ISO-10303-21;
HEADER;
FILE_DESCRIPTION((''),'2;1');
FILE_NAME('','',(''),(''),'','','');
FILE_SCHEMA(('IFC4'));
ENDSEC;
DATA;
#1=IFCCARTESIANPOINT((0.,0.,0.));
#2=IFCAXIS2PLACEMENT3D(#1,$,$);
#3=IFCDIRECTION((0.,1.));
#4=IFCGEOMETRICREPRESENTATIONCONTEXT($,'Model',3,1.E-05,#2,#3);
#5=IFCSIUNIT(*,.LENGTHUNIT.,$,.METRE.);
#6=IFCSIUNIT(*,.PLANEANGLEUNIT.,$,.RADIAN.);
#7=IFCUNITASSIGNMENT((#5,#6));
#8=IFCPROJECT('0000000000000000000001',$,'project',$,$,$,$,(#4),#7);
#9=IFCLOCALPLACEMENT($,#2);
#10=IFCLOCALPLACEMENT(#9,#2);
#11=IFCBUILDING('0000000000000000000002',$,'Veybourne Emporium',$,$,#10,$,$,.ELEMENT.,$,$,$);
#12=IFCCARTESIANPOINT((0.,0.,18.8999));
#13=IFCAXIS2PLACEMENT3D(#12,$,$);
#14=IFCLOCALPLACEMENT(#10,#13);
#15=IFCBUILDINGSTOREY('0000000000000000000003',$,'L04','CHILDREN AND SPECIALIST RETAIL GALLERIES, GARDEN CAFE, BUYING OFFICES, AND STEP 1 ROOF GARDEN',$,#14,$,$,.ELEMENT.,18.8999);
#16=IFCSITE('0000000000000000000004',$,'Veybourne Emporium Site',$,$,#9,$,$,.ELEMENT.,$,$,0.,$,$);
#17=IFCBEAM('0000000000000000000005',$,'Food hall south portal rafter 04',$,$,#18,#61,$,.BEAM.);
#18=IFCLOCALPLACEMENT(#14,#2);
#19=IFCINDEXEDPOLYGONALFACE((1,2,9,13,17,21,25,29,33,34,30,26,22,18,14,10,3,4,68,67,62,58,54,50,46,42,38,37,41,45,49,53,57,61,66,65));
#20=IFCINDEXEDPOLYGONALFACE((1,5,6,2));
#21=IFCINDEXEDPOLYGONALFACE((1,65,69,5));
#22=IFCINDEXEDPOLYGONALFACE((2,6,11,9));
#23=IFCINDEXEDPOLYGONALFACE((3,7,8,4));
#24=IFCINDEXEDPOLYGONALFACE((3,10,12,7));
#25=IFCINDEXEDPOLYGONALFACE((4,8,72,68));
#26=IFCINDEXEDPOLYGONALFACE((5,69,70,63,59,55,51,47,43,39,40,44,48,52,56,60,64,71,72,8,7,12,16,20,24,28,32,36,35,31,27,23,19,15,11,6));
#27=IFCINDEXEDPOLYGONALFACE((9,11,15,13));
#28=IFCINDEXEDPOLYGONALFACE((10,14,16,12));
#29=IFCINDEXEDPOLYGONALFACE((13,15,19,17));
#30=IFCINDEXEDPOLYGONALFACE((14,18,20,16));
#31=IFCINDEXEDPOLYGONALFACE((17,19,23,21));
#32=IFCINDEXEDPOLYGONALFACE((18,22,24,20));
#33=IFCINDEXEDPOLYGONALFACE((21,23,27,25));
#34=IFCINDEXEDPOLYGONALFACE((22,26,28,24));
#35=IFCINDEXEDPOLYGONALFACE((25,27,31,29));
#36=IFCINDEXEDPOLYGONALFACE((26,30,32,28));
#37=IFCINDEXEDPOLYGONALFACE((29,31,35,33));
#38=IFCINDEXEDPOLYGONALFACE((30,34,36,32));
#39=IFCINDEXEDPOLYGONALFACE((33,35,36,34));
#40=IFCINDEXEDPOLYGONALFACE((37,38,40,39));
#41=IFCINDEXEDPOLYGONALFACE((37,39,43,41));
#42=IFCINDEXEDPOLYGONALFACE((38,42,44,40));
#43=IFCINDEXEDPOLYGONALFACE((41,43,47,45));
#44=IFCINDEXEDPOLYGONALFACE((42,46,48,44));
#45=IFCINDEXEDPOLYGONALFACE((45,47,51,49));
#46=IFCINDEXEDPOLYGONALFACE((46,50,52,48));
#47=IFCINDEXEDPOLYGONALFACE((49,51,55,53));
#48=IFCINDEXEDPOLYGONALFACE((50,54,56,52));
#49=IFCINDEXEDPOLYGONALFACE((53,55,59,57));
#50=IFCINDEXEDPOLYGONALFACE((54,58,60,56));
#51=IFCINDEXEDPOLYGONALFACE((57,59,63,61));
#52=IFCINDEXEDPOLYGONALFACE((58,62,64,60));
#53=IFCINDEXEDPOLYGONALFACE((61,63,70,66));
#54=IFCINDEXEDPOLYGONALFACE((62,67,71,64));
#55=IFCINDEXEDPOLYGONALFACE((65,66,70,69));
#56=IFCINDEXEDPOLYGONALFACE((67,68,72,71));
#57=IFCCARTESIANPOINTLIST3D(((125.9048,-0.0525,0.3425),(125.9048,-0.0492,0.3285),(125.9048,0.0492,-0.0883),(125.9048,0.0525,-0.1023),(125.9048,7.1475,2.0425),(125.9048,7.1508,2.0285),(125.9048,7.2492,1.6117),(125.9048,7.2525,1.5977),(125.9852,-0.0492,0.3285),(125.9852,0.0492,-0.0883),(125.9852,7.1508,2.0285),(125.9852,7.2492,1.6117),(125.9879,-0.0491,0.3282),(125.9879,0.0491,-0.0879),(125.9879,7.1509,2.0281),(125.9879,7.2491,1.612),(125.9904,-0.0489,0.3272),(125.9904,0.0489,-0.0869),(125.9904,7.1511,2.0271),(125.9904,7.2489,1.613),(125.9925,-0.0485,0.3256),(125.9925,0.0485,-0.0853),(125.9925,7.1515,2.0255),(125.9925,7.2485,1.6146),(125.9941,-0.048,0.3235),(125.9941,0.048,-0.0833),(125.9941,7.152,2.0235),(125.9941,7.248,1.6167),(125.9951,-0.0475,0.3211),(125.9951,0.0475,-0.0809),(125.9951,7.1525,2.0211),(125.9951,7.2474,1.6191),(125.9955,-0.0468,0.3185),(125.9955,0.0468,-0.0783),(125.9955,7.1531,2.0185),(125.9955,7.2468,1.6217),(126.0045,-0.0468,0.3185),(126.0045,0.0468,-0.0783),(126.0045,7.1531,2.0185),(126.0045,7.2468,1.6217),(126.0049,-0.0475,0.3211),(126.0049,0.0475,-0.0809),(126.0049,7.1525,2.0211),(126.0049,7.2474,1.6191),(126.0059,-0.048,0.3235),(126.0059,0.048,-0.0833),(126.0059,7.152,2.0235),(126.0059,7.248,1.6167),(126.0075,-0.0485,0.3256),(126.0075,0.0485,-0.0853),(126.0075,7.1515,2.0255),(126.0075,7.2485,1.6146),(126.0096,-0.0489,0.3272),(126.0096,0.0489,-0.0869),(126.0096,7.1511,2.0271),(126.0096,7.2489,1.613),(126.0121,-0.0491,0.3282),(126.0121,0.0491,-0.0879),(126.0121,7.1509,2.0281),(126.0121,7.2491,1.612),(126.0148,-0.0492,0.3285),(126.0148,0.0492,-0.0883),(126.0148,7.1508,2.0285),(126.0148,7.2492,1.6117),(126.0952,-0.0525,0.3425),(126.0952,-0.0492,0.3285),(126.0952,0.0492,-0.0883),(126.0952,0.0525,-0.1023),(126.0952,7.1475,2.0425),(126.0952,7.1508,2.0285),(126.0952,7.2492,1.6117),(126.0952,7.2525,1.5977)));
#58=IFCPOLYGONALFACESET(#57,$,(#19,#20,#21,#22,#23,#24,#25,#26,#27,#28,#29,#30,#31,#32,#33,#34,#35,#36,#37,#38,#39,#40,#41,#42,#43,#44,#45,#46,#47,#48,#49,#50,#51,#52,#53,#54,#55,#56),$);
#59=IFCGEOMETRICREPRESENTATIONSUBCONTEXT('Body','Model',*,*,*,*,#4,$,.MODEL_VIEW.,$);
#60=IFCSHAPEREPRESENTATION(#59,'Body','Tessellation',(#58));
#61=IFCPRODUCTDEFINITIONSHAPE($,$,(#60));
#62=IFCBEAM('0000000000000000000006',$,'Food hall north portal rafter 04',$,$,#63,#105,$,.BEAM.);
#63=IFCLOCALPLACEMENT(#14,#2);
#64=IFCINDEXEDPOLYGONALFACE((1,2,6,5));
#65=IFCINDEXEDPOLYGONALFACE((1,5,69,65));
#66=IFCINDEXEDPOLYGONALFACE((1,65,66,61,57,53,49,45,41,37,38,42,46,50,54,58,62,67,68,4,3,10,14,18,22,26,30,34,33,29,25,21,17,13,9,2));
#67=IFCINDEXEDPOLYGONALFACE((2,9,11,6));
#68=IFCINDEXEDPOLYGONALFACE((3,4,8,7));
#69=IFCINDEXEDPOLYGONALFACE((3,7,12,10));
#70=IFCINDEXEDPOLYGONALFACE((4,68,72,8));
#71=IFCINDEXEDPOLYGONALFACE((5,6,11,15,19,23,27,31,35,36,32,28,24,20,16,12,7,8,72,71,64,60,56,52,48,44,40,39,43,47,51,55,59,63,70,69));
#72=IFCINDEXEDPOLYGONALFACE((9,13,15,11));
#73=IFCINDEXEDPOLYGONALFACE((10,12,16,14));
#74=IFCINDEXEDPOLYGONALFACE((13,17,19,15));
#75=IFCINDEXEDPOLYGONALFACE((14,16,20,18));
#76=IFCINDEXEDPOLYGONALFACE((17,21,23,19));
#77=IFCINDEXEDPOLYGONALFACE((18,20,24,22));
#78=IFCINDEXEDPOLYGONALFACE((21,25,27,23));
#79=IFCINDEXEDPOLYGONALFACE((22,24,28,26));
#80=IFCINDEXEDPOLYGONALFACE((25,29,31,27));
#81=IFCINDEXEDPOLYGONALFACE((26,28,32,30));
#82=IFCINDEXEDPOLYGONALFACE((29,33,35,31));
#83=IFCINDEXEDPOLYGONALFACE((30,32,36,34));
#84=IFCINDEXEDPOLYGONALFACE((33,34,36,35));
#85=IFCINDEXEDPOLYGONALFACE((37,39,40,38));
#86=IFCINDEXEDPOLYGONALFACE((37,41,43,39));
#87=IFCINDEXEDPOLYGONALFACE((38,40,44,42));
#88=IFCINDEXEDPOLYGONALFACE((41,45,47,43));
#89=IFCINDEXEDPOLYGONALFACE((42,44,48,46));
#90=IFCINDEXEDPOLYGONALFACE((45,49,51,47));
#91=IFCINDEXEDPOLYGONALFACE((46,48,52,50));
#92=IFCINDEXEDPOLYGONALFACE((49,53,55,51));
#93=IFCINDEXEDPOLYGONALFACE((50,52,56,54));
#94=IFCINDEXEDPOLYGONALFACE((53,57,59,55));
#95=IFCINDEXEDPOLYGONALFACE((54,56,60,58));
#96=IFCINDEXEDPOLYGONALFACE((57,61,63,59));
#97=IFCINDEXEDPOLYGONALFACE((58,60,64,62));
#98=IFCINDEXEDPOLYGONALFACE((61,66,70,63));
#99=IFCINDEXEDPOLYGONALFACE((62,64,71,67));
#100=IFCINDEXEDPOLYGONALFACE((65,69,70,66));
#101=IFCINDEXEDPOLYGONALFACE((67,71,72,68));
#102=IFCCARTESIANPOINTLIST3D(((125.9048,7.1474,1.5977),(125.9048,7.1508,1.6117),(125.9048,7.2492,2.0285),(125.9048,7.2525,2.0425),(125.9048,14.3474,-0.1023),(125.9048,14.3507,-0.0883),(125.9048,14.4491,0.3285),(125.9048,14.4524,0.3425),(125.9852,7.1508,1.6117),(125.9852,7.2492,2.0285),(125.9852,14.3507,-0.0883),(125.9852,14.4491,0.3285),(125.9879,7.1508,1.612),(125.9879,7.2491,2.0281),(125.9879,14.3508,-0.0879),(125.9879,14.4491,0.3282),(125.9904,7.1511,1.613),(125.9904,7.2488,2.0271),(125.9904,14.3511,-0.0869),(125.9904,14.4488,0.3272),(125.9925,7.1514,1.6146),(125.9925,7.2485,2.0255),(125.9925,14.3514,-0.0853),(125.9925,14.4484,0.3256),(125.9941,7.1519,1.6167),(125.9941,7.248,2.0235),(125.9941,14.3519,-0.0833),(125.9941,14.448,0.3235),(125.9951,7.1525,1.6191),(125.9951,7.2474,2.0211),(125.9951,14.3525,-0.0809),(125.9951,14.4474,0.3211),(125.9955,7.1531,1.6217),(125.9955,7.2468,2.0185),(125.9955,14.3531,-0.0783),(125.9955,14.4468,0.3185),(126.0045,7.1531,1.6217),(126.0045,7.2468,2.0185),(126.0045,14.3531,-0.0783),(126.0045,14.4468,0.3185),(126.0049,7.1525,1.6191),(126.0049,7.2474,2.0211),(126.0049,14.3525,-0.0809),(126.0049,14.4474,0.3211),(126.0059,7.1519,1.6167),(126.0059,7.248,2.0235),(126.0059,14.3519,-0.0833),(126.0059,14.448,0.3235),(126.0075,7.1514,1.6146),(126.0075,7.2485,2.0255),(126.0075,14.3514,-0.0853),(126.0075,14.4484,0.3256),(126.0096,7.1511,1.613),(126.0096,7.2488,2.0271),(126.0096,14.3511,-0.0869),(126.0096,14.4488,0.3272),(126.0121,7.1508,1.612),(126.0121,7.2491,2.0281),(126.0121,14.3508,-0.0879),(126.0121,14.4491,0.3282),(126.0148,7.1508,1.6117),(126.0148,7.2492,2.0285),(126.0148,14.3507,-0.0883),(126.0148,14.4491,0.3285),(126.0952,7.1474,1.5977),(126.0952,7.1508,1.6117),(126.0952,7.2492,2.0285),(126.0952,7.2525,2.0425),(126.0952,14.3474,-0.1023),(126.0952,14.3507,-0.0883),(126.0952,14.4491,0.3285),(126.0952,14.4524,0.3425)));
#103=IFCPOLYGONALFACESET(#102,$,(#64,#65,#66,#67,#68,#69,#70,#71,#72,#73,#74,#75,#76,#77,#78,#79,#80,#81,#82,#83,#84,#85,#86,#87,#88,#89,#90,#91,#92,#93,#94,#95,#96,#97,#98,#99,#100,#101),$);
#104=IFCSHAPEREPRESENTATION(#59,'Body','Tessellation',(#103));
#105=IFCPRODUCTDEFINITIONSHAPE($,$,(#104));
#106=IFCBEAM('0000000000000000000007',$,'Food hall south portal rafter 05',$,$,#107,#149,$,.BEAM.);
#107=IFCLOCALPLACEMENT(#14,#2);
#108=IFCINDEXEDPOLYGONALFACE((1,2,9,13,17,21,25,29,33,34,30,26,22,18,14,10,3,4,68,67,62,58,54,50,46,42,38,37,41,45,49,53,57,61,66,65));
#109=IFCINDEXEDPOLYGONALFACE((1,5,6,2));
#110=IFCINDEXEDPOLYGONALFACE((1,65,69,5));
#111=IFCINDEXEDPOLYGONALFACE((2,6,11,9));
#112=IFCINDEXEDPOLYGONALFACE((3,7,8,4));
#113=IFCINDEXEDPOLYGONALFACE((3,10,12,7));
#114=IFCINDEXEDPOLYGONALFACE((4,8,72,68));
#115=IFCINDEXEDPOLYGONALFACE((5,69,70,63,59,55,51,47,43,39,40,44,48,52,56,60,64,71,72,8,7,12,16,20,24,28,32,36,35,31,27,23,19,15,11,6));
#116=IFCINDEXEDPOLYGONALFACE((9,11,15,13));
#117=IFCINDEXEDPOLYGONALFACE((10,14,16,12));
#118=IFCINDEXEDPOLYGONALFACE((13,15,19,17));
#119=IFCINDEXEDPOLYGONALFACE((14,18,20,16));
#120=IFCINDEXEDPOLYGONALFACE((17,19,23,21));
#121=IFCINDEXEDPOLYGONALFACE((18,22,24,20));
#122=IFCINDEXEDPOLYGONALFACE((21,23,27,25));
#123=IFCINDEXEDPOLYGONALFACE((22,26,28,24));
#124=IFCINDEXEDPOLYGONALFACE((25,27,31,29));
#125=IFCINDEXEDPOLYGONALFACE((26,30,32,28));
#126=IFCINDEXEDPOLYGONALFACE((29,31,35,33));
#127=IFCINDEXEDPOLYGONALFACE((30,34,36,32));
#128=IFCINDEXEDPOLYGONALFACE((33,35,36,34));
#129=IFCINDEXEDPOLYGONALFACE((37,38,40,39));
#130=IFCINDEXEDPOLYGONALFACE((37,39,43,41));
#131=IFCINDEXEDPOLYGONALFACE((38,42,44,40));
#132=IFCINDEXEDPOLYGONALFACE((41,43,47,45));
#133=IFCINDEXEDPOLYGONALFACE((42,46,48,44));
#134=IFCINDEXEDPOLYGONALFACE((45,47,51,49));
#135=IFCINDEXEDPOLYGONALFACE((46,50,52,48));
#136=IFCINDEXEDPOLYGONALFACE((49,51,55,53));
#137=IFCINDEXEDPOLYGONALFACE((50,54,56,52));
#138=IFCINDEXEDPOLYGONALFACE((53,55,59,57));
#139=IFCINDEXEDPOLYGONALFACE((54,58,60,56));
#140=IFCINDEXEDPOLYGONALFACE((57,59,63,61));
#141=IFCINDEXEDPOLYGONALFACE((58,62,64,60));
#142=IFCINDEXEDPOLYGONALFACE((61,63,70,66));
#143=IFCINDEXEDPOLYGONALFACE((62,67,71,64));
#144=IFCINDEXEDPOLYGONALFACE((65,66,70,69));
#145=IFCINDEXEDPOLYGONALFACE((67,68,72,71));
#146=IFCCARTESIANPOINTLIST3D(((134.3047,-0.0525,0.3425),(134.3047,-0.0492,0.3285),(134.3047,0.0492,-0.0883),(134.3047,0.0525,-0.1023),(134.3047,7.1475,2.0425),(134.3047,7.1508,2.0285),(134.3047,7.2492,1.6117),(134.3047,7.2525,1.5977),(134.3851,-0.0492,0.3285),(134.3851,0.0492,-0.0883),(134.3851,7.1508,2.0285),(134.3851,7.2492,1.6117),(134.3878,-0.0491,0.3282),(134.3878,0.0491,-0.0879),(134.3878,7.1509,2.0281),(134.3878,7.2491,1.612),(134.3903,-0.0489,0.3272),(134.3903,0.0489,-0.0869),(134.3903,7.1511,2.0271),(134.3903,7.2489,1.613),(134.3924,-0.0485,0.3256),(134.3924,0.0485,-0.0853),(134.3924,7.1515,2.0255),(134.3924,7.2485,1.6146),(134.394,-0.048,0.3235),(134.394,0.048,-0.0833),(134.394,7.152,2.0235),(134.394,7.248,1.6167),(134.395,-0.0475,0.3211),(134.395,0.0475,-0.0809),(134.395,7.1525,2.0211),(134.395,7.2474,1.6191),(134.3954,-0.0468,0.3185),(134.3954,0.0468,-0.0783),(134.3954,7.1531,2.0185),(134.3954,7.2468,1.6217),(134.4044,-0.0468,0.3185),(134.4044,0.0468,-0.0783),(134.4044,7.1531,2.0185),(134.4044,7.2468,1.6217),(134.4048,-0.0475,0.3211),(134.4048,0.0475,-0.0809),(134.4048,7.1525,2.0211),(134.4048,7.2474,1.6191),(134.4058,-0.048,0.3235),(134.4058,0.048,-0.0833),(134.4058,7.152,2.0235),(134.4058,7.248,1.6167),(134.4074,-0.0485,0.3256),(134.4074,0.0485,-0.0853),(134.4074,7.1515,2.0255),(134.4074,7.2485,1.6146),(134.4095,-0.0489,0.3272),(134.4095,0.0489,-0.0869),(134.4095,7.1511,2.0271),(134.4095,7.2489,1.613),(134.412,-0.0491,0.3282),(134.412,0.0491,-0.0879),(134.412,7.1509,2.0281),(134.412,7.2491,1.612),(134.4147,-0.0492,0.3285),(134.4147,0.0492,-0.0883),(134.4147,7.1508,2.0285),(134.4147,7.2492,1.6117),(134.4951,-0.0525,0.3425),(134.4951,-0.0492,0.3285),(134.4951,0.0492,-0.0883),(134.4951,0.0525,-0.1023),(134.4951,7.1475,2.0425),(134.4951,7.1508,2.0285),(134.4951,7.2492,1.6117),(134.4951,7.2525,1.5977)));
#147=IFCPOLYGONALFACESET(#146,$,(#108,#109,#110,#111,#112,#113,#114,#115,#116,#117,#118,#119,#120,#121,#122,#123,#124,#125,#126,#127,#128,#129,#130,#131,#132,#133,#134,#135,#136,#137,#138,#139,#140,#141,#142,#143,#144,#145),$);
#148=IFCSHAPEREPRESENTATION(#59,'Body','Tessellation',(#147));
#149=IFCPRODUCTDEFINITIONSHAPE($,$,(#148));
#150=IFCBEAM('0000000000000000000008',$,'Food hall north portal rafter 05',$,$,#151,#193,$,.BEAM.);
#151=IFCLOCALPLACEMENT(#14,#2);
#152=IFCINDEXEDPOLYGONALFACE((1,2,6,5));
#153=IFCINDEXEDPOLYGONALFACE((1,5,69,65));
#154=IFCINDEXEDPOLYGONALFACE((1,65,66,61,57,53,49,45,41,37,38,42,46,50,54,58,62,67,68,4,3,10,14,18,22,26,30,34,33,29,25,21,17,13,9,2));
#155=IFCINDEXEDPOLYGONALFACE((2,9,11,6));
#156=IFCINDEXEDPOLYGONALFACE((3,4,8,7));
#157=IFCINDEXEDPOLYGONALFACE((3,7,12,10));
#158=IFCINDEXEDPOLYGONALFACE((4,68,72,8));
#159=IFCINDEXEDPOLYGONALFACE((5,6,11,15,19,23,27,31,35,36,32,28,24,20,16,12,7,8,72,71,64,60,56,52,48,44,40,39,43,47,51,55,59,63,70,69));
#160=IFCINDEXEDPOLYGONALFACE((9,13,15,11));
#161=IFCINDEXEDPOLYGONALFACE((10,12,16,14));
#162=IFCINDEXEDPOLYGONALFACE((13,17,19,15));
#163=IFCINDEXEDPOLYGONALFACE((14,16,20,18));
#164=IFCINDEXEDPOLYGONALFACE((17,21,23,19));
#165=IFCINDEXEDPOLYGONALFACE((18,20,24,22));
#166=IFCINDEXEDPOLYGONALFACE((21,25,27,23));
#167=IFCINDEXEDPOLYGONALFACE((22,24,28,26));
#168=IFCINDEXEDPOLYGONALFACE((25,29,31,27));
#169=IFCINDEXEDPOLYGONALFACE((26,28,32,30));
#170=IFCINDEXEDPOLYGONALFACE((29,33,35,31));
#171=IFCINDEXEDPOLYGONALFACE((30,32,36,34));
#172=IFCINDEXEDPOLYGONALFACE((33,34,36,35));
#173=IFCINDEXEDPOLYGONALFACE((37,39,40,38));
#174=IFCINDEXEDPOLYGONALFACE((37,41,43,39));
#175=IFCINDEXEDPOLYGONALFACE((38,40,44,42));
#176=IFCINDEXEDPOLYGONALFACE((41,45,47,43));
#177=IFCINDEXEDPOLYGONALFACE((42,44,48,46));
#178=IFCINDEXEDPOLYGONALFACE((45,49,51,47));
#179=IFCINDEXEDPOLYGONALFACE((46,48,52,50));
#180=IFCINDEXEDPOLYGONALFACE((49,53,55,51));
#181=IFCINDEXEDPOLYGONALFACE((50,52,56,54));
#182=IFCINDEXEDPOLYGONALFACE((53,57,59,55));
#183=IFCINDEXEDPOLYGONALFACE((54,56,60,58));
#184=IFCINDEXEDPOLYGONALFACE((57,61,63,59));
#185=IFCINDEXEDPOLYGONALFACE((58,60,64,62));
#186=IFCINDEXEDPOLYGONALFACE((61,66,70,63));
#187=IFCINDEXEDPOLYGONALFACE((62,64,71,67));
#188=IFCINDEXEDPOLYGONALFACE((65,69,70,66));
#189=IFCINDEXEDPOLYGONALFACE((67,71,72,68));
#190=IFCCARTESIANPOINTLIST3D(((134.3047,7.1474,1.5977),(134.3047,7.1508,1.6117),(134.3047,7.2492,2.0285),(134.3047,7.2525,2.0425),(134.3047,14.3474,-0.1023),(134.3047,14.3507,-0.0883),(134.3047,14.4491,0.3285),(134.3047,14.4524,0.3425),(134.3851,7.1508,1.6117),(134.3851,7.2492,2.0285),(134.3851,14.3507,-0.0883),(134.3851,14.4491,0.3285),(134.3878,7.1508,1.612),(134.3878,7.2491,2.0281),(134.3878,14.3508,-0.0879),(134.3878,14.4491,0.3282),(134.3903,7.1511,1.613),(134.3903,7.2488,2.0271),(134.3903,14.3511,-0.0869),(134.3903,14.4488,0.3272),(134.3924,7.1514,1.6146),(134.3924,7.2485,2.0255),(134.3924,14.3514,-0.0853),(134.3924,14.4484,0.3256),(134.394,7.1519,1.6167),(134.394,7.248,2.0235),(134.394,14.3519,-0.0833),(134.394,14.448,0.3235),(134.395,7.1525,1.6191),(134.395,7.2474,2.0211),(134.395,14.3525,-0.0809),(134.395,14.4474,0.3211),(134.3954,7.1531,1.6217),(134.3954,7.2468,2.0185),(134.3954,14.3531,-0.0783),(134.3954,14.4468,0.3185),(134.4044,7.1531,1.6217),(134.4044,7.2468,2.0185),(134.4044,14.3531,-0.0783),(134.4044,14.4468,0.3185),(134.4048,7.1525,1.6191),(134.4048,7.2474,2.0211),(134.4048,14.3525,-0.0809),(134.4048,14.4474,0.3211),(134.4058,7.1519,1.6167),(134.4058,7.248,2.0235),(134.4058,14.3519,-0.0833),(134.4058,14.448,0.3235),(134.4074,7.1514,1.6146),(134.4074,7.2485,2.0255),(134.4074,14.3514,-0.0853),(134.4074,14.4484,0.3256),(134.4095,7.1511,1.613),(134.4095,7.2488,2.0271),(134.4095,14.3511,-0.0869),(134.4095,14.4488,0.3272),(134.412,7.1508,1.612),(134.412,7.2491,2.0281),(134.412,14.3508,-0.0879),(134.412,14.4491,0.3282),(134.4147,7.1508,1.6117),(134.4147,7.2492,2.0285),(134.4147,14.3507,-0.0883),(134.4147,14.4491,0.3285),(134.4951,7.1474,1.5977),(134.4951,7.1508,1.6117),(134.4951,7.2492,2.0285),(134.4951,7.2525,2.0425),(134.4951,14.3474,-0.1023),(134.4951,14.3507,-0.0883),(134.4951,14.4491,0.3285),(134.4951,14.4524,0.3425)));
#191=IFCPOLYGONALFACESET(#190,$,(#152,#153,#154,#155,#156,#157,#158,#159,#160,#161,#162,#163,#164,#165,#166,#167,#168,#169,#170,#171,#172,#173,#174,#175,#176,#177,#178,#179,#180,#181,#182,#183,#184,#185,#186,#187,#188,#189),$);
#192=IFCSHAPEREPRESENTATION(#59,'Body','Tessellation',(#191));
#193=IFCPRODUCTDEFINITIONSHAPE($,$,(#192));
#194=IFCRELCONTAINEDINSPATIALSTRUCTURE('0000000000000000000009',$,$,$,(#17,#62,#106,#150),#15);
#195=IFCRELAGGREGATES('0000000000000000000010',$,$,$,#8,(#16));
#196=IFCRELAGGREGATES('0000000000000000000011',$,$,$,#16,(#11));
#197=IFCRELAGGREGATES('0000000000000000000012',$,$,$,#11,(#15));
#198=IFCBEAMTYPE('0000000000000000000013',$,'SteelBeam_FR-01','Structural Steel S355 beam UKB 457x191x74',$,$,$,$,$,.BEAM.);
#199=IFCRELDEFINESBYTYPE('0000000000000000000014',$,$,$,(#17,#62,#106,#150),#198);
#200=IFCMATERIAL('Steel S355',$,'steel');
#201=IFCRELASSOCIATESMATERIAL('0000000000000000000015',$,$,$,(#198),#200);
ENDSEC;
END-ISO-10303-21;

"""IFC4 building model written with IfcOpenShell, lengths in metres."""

from ifc_helpers import new_model, si_unit, direction, frame, origin, origin_2d, place, context, subcontext, project, spatial, i_section, extrude, material, material_profile, profile_set, type_object, element, save


model = new_model("IFC4")

# Units and contexts
model_context = context("Model", 3, precision=1e-05, world=origin(), true_north=direction((0.0, 1.0)))
body_context = subcontext(model_context, "Body", "Model", "MODEL_VIEW")
ifc_project = project(units=[si_unit("LENGTHUNIT", "METRE"), si_unit("PLANEANGLEUNIT", "RADIAN")], contexts=[model_context])

# Site, building, storey
site_placement = place(None, origin())
site = spatial("IfcSite", under=ifc_project, at=site_placement, Name="Veybourne Emporium Site", CompositionType="ELEMENT", RefElevation=0.0)
building_placement = place(site_placement, origin())
building = spatial("IfcBuilding", under=site, at=building_placement, Name="Veybourne Emporium", CompositionType="ELEMENT")
storey_placement = place(building_placement, frame((0.0, 0.0, 18.8999)))
storey = spatial("IfcBuildingStorey", under=building, at=storey_placement, Name="L04", Description="CHILDREN AND SPECIALIST RETAIL GALLERIES, GARDEN CAFE, BUYING OFFICES, AND STEP 1 ROOF GARDEN", CompositionType="ELEMENT", Elevation=18.8999)

# Beams
ifc_material_1 = material(Name="Steel S355", Category="steel")
ifc_material_profile_1 = material_profile(ifc_material_1, i_section(OverallWidth=0.1904, OverallDepth=0.457, WebThickness=0.009, FlangeThickness=0.0144, FilletRadius=0.0103, at=origin_2d()), Name="UKB 457x191x74")
ifc_profile_set_1 = profile_set([ifc_material_profile_1], Name="Steel S355")
beam_type_1 = type_object("IfcBeamType", Name="SteelBeam_FR-01", Description="Structural Steel S355 beam UKB 457x191x74", PredefinedType="BEAM", material=ifc_profile_set_1)
for number, where, z_axis, x_axis, name in (
    (1, (126.0, 0.0, 0.1201), (0.0, 0.973241, 0.229788), (-1.0, 0.0, 0.0), "Food hall south portal rafter 04"),
    (2, (126.0, 7.2, 1.8201), (0.0, 0.973241, -0.229788), (-1.0, 0.0, 0.0), "Food hall north portal rafter 04"),
    (3, (134.3999, 0.0, 0.1201), (0.0, 0.973241, 0.229788), (-1.0, 0.0, 0.0), "Food hall south portal rafter 05"),
    (4, (134.3999, 7.2, 1.8201), (0.0, 0.973241, -0.229788), (-1.0, 0.0, 0.0), "Food hall north portal rafter 05"),
):
    element("IfcBeam", number, at=place(storey_placement, frame(where, z_axis=z_axis, x_axis=x_axis)), inside=storey, type_object=beam_type_1, Name=name, PredefinedType="BEAM", context=body_context, shape_type="SweptSolid", body=[
        extrude(i_section(OverallWidth=0.1904, OverallDepth=0.457, WebThickness=0.009, FlangeThickness=0.0144, FilletRadius=0.0103, at=origin_2d()), origin(), (0.0, 0.0, 1.0), 7.3979),
    ])

save(model, "model.ifc")
